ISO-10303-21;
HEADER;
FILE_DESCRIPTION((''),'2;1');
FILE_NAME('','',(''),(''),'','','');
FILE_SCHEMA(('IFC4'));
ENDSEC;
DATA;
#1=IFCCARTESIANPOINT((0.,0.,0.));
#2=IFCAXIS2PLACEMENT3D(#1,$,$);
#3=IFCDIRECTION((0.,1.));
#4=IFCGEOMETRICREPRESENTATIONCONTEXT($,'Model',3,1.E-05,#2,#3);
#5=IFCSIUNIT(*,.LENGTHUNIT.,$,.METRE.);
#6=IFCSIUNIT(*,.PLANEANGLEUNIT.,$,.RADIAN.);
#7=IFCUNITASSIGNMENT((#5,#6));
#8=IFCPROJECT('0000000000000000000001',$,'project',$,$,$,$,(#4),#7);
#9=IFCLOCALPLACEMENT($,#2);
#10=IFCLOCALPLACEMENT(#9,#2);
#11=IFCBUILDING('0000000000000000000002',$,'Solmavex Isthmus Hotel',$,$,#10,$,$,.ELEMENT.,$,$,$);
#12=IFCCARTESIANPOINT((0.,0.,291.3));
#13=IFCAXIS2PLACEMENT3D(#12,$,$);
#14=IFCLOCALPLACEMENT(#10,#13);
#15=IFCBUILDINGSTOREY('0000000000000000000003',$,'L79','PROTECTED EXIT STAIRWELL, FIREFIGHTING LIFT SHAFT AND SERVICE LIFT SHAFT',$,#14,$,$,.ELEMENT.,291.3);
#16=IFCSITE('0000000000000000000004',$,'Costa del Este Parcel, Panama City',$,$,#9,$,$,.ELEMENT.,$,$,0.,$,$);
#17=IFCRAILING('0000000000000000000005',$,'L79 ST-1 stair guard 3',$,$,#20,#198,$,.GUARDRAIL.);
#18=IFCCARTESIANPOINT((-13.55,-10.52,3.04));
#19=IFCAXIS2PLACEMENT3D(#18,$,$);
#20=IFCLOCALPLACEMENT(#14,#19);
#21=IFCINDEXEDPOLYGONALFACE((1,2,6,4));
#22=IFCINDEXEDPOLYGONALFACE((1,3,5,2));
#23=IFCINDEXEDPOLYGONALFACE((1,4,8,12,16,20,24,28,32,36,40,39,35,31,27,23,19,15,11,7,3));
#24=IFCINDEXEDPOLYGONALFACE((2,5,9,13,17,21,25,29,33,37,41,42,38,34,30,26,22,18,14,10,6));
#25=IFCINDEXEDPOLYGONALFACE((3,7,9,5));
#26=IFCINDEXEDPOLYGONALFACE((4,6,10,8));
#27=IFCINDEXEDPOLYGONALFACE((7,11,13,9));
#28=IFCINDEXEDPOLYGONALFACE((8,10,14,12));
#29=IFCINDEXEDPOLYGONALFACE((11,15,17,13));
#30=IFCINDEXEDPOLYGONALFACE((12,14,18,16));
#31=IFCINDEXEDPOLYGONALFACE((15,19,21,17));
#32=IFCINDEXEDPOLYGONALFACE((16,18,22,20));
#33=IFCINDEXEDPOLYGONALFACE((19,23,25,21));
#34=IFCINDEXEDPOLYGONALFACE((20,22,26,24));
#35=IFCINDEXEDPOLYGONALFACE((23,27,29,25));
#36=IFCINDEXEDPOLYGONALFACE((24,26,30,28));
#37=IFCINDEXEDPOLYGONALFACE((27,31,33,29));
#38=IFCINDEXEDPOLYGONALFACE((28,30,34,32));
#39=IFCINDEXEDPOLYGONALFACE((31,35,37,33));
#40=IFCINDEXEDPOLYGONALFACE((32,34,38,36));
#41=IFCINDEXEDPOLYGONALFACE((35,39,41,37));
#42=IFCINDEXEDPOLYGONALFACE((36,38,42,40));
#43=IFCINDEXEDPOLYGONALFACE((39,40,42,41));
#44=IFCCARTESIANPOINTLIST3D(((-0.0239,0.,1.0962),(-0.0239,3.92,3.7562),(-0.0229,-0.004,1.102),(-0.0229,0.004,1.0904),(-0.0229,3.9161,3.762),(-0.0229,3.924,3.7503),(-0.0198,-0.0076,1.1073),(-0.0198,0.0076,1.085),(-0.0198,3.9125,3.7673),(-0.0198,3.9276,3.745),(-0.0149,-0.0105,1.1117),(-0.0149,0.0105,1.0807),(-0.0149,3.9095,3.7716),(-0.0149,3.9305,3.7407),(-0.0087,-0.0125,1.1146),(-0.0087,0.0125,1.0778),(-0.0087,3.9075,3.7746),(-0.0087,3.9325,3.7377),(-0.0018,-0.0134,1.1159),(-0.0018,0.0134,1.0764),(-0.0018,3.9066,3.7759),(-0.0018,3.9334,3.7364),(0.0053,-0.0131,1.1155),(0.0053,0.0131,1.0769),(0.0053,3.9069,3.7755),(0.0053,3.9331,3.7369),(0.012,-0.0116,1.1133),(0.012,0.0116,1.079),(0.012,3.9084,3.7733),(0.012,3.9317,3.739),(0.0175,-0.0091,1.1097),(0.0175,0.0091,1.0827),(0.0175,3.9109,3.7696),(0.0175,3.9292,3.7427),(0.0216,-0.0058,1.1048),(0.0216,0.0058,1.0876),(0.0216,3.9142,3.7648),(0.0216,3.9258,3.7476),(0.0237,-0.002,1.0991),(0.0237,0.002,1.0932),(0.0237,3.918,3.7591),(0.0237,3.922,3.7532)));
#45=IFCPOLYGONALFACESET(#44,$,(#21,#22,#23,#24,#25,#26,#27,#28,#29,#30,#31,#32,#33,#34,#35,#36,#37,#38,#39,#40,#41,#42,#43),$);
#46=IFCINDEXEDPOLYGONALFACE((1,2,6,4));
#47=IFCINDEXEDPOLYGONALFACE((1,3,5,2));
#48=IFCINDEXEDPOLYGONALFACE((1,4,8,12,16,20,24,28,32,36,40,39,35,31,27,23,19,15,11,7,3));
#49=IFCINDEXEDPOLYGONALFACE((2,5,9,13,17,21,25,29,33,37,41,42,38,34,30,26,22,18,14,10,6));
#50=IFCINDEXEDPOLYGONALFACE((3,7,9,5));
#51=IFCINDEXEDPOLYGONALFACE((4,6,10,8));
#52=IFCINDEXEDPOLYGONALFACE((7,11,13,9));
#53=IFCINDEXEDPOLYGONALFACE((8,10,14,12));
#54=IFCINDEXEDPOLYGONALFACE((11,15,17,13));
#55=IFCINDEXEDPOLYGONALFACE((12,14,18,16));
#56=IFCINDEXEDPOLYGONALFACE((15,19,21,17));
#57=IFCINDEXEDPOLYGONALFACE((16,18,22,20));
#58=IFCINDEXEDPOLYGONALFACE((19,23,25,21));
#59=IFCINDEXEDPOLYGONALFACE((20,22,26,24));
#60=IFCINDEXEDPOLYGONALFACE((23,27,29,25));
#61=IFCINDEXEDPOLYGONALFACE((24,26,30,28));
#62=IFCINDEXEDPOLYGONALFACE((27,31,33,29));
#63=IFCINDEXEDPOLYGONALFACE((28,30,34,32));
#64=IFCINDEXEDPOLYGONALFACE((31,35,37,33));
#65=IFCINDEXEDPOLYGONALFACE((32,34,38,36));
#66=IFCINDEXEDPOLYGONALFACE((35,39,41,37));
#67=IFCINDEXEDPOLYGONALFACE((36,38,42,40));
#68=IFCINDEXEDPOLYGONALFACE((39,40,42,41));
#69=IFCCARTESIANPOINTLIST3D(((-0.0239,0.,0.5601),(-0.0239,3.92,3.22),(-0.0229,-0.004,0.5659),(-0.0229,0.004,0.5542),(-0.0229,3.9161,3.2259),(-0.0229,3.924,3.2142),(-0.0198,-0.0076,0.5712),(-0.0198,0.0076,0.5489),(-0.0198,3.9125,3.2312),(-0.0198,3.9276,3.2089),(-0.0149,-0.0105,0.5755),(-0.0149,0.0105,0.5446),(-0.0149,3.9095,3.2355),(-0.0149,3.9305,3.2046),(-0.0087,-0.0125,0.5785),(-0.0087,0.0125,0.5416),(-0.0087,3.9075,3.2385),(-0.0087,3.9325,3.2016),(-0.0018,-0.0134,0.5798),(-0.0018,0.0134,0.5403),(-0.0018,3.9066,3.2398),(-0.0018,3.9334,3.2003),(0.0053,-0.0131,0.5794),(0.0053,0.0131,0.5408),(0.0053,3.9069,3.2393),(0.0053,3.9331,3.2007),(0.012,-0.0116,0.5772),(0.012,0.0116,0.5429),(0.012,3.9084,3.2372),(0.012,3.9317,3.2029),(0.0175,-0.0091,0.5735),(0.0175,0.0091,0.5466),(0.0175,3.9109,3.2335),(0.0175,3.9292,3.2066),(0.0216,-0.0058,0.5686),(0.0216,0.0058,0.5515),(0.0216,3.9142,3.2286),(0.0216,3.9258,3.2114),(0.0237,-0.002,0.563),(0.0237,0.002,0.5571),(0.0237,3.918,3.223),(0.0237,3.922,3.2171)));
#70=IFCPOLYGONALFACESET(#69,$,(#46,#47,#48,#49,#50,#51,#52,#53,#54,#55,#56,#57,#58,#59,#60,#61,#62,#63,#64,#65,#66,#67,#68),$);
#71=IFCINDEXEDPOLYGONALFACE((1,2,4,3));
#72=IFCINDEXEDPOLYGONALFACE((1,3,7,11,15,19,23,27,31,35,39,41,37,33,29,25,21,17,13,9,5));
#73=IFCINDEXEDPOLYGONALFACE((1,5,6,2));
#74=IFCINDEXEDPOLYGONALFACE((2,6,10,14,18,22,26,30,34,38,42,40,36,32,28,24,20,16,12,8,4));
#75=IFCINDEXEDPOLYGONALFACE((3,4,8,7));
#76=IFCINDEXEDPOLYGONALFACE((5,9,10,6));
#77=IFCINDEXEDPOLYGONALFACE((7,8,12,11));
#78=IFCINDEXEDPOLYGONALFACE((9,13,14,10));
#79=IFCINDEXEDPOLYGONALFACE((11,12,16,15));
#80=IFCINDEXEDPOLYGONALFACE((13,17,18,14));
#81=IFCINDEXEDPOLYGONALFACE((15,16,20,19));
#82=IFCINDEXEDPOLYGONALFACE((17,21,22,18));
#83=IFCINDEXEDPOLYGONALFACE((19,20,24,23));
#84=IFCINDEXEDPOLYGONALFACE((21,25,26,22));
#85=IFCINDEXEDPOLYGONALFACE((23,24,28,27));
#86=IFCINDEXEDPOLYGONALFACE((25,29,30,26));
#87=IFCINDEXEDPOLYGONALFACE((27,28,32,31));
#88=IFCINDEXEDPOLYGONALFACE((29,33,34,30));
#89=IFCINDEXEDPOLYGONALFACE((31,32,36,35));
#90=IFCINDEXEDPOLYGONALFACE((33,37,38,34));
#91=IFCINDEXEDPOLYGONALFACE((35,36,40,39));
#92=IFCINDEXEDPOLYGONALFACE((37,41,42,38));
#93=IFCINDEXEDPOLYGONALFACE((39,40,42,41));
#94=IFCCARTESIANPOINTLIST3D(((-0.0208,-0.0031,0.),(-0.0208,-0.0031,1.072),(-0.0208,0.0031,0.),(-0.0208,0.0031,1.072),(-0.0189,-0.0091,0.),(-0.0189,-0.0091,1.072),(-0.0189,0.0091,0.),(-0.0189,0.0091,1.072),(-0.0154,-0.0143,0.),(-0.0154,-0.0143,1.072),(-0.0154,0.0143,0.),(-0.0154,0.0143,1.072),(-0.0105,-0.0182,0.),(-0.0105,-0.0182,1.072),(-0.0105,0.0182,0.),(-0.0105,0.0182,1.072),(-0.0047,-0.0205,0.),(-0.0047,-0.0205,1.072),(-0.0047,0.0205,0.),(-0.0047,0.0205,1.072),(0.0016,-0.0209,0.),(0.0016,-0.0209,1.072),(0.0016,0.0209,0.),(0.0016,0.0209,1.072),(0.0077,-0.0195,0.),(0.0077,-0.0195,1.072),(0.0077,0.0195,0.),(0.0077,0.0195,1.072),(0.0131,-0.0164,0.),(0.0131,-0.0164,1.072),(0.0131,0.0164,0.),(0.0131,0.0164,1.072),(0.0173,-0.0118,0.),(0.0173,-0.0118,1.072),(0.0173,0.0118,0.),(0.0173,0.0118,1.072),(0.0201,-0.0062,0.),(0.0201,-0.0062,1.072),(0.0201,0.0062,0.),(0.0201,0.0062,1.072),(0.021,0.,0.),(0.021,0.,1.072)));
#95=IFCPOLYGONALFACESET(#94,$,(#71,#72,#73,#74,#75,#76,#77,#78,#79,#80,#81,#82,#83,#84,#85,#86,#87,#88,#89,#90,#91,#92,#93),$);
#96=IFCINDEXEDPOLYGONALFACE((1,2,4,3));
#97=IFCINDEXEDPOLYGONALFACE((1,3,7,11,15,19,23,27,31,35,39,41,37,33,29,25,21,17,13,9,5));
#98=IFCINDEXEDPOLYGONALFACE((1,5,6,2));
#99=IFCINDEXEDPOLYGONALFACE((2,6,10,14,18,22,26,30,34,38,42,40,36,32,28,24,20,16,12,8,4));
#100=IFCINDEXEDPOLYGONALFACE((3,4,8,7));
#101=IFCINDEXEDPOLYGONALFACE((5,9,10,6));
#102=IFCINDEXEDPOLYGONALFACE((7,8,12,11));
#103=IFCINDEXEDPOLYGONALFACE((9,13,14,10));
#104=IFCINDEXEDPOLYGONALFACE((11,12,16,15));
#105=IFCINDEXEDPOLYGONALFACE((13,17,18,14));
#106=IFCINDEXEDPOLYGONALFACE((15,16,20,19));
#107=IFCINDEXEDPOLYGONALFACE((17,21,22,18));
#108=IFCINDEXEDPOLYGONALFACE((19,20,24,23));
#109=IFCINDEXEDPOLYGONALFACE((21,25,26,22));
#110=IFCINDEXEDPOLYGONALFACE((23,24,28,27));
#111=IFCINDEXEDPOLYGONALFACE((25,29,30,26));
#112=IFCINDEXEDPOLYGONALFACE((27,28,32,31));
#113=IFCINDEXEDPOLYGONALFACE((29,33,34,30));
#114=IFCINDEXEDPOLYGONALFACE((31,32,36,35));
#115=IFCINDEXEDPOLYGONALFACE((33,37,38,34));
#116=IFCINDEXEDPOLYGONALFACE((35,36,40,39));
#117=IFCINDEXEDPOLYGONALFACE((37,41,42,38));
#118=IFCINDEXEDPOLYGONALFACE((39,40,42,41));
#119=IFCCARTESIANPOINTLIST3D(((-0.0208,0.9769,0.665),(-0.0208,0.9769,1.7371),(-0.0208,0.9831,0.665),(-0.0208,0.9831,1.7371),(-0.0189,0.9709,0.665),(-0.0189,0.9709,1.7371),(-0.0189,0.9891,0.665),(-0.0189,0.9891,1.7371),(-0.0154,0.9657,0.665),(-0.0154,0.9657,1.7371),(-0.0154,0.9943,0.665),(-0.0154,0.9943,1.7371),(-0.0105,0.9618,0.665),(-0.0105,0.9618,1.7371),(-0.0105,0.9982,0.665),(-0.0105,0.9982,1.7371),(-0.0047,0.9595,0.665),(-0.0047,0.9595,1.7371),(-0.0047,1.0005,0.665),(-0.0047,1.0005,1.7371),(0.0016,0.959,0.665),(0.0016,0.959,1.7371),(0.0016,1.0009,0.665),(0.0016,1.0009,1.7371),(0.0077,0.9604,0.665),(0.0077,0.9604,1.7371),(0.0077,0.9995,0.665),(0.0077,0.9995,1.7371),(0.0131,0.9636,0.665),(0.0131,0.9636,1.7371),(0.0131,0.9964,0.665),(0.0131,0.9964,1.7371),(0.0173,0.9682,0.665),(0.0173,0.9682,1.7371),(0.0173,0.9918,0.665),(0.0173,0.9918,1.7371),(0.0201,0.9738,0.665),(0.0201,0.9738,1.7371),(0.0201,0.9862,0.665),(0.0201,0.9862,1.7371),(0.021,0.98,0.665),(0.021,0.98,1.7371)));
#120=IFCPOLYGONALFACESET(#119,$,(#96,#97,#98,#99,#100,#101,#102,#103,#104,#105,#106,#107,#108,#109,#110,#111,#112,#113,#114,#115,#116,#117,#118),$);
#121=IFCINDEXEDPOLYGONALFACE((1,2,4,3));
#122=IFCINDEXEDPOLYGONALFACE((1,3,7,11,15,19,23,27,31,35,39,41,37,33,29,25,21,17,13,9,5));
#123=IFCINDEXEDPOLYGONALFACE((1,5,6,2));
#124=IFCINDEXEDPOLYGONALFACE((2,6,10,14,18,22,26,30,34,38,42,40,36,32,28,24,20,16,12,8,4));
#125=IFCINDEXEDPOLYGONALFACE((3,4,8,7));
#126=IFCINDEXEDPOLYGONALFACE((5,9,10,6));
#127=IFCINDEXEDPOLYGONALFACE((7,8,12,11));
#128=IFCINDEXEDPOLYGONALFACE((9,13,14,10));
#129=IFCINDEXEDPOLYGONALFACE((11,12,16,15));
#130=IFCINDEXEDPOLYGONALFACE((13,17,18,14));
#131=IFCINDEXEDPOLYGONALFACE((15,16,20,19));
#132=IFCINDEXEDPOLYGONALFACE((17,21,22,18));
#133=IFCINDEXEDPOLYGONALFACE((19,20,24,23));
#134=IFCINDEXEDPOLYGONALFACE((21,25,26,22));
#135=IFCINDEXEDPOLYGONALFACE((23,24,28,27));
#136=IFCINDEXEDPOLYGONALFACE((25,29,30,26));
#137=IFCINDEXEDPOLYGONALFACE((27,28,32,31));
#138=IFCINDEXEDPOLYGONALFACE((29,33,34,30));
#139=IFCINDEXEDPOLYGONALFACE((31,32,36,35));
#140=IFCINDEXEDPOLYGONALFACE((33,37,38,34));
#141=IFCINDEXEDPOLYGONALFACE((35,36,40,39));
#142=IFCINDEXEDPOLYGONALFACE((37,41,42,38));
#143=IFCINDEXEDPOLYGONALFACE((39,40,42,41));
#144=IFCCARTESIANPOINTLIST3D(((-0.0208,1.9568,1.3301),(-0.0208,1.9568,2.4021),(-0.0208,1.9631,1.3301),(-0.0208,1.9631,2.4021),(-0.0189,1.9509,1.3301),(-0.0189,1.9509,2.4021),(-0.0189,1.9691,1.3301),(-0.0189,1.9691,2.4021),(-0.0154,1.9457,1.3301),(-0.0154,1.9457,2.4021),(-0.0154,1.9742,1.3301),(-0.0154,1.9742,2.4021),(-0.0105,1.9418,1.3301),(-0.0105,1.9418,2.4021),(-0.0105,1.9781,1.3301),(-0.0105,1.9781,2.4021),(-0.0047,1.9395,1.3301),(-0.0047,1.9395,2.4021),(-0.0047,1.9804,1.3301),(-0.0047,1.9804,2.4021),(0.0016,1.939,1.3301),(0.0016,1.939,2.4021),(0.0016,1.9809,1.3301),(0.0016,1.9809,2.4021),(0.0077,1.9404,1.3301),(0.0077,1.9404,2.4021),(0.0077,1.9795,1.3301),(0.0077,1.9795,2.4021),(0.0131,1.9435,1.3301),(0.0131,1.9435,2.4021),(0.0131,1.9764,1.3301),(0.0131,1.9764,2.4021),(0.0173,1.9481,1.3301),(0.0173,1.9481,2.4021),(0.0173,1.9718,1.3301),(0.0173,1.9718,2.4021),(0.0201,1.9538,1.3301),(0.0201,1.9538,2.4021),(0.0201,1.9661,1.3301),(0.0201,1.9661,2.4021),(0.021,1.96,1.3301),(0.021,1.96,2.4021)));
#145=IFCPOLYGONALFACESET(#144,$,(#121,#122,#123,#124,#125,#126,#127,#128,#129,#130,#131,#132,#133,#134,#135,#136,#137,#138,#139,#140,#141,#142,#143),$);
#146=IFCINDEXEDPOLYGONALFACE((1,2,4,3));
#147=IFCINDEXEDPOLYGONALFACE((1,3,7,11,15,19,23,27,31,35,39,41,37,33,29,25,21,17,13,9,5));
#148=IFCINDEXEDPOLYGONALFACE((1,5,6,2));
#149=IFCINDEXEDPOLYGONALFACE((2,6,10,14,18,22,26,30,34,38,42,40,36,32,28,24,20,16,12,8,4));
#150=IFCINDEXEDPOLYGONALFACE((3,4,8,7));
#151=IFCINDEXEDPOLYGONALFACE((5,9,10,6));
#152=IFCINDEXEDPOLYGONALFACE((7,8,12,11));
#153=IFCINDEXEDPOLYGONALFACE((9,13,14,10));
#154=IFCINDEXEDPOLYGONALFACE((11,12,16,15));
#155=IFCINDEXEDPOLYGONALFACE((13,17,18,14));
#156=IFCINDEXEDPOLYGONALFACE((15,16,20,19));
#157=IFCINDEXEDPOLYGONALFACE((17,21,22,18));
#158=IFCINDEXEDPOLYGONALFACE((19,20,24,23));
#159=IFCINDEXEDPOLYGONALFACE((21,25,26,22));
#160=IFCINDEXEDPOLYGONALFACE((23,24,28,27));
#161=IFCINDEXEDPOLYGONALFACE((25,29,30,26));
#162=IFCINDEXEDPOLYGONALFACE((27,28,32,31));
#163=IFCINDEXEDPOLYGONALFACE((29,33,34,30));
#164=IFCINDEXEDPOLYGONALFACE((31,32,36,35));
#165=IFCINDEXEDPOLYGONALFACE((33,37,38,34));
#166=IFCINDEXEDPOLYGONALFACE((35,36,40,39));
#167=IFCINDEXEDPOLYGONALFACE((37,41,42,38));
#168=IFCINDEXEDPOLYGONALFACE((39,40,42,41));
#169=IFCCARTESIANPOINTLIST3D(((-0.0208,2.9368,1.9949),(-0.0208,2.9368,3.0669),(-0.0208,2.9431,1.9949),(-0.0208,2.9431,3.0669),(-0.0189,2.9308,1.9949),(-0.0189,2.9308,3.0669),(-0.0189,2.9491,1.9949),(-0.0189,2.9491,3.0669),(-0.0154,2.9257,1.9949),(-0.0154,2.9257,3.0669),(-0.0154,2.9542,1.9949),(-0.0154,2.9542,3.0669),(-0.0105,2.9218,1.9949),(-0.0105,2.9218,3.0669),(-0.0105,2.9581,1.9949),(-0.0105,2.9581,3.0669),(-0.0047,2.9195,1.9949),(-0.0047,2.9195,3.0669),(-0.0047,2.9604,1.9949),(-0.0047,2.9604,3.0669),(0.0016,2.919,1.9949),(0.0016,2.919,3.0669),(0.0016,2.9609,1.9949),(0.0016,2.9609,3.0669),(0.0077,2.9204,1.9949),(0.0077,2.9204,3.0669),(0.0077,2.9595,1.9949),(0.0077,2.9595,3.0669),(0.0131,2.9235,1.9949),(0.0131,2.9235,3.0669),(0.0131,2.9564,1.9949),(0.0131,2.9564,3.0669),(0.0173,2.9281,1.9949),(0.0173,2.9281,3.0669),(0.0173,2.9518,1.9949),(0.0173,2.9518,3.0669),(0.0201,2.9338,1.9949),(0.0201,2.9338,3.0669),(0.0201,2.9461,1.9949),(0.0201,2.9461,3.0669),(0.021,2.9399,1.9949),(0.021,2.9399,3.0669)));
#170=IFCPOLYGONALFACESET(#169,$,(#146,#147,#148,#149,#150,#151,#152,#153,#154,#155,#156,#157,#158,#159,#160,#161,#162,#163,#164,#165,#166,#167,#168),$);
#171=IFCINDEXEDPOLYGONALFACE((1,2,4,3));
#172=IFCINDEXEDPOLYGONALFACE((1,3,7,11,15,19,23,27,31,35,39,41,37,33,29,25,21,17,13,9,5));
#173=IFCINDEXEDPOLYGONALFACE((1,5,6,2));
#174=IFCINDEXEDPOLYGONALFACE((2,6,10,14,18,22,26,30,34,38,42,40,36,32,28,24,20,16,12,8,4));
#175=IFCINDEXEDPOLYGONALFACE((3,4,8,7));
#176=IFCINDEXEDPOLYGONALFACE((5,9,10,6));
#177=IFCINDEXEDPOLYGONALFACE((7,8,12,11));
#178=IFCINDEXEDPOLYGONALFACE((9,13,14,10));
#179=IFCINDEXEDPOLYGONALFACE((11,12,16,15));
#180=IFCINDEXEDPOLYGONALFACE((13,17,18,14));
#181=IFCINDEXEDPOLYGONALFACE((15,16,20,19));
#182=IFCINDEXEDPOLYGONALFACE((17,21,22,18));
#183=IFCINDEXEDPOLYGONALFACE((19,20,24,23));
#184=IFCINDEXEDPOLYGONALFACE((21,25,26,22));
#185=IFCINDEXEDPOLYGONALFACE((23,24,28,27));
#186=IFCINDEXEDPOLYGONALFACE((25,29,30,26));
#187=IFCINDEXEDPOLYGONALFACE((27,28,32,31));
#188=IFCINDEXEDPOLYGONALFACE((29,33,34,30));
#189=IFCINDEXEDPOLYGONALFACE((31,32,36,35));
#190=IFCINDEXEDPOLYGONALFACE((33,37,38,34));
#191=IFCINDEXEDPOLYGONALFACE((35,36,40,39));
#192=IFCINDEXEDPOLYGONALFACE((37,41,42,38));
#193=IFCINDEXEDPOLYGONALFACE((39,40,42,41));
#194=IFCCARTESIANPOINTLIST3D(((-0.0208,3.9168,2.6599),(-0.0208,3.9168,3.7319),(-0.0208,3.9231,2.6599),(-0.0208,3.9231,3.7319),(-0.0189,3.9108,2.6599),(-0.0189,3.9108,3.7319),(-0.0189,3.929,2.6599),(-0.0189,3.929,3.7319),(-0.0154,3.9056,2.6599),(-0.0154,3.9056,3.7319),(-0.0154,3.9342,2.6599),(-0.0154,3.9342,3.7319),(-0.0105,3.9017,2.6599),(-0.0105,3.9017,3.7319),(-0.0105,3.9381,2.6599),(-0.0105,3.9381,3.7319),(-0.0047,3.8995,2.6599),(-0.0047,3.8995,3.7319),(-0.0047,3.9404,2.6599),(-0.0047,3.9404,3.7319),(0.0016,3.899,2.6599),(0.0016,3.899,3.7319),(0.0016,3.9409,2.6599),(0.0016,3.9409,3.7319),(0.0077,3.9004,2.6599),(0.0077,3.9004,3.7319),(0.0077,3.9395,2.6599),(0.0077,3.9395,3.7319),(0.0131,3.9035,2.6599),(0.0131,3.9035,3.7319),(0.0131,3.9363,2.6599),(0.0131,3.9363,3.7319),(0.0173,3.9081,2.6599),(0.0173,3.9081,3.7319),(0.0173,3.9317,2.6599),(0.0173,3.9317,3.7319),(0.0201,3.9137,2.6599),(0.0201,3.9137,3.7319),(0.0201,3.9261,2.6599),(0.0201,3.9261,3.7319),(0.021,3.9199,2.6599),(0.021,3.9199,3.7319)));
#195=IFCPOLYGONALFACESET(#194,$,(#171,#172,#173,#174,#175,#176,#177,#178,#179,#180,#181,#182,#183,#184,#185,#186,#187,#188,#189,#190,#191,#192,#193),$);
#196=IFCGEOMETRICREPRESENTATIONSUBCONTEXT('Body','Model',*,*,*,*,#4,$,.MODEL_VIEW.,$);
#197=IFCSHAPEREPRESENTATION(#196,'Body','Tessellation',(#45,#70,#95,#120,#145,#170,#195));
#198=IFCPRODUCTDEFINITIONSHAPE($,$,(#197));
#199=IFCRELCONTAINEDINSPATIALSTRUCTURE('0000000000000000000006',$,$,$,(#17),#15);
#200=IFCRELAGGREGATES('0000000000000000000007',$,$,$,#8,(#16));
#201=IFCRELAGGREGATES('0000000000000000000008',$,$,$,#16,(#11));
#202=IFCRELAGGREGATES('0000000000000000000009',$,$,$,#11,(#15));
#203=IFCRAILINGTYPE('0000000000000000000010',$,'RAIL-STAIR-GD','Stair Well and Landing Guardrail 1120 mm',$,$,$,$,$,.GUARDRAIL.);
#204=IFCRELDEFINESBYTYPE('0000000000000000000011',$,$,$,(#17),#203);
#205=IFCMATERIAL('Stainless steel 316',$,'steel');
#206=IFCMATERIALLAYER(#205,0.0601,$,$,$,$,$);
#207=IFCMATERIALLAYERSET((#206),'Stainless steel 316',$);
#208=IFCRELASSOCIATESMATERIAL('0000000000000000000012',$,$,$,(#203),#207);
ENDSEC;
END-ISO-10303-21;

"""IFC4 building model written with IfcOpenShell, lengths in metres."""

from ifc_helpers import new_model, si_unit, direction, frame, origin, origin_2d, place, context, subcontext, project, spatial, circle, extrude, material, layer, layer_set, type_object, element, save


model = new_model("IFC4")

# Units and contexts
model_context = context("Model", 3, precision=1e-05, world=origin(), true_north=direction((0.0, 1.0)))
body_context = subcontext(model_context, "Body", "Model", "MODEL_VIEW")
ifc_project = project(units=[si_unit("LENGTHUNIT", "METRE"), si_unit("PLANEANGLEUNIT", "RADIAN")], contexts=[model_context])

# Site, building, storey
site_placement = place(None, origin())
site = spatial("IfcSite", under=ifc_project, at=site_placement, Name="Costa del Este Parcel, Panama City", CompositionType="ELEMENT", RefElevation=0.0)
building_placement = place(site_placement, origin())
building = spatial("IfcBuilding", under=site, at=building_placement, Name="Solmavex Isthmus Hotel", CompositionType="ELEMENT")
storey_placement = place(building_placement, frame((0.0, 0.0, 291.3)))
storey = spatial("IfcBuildingStorey", under=building, at=storey_placement, Name="L79", Description="PROTECTED EXIT STAIRWELL, FIREFIGHTING LIFT SHAFT AND SERVICE LIFT SHAFT", CompositionType="ELEMENT", Elevation=291.3)

# Shared definitions
ifc_material_1 = material(Name="Stainless steel 316", Category="steel")

# Railing
ifc_layer_1 = layer(ifc_material_1, 0.0601)
ifc_layer_set_1 = layer_set([ifc_layer_1], Name="Stainless steel 316")
railing_type_1 = type_object("IfcRailingType", Name="RAIL-STAIR-GD", Description="Stair Well and Landing Guardrail 1120 mm", PredefinedType="GUARDRAIL", material=ifc_layer_set_1)
railing_1_placement = place(storey_placement, frame((-13.55, -10.52, 3.04)))
element("IfcRailing", 1, at=railing_1_placement, inside=storey, type_object=railing_type_1, Name="L79 ST-1 stair guard 3", PredefinedType="GUARDRAIL", context=body_context, shape_type="SweptSolid", body=[
    extrude(circle(Radius=0.0239, at=origin_2d()), frame((0.0, 0.0, 1.0962), z_axis=(0.0, 0.827479, 0.561496), x_axis=(-1.0, 0.0, 0.0)), (0.0, 0.0, 1.0), 4.7373),
    extrude(circle(Radius=0.0239, at=origin_2d()), frame((0.0, 0.0, 0.5601), z_axis=(0.0, 0.827479, 0.561496), x_axis=(-1.0, 0.0, 0.0)), (0.0, 0.0, 1.0), 4.7373),
    extrude(circle(Radius=0.021, at=origin_2d()), origin(), (0.0, 0.0, 1.0), 1.072),
    extrude(circle(Radius=0.021, at=origin_2d()), frame((0.0, 0.98, 0.665)), (0.0, 0.0, 1.0), 1.072),
    extrude(circle(Radius=0.021, at=origin_2d()), frame((0.0, 1.96, 1.3301)), (0.0, 0.0, 1.0), 1.072),
    extrude(circle(Radius=0.021, at=origin_2d()), frame((0.0, 2.9399, 1.9949)), (0.0, 0.0, 1.0), 1.072),
    extrude(circle(Radius=0.021, at=origin_2d()), frame((0.0, 3.9199, 2.6599)), (0.0, 0.0, 1.0), 1.072),
])

save(model, "model.ifc")
